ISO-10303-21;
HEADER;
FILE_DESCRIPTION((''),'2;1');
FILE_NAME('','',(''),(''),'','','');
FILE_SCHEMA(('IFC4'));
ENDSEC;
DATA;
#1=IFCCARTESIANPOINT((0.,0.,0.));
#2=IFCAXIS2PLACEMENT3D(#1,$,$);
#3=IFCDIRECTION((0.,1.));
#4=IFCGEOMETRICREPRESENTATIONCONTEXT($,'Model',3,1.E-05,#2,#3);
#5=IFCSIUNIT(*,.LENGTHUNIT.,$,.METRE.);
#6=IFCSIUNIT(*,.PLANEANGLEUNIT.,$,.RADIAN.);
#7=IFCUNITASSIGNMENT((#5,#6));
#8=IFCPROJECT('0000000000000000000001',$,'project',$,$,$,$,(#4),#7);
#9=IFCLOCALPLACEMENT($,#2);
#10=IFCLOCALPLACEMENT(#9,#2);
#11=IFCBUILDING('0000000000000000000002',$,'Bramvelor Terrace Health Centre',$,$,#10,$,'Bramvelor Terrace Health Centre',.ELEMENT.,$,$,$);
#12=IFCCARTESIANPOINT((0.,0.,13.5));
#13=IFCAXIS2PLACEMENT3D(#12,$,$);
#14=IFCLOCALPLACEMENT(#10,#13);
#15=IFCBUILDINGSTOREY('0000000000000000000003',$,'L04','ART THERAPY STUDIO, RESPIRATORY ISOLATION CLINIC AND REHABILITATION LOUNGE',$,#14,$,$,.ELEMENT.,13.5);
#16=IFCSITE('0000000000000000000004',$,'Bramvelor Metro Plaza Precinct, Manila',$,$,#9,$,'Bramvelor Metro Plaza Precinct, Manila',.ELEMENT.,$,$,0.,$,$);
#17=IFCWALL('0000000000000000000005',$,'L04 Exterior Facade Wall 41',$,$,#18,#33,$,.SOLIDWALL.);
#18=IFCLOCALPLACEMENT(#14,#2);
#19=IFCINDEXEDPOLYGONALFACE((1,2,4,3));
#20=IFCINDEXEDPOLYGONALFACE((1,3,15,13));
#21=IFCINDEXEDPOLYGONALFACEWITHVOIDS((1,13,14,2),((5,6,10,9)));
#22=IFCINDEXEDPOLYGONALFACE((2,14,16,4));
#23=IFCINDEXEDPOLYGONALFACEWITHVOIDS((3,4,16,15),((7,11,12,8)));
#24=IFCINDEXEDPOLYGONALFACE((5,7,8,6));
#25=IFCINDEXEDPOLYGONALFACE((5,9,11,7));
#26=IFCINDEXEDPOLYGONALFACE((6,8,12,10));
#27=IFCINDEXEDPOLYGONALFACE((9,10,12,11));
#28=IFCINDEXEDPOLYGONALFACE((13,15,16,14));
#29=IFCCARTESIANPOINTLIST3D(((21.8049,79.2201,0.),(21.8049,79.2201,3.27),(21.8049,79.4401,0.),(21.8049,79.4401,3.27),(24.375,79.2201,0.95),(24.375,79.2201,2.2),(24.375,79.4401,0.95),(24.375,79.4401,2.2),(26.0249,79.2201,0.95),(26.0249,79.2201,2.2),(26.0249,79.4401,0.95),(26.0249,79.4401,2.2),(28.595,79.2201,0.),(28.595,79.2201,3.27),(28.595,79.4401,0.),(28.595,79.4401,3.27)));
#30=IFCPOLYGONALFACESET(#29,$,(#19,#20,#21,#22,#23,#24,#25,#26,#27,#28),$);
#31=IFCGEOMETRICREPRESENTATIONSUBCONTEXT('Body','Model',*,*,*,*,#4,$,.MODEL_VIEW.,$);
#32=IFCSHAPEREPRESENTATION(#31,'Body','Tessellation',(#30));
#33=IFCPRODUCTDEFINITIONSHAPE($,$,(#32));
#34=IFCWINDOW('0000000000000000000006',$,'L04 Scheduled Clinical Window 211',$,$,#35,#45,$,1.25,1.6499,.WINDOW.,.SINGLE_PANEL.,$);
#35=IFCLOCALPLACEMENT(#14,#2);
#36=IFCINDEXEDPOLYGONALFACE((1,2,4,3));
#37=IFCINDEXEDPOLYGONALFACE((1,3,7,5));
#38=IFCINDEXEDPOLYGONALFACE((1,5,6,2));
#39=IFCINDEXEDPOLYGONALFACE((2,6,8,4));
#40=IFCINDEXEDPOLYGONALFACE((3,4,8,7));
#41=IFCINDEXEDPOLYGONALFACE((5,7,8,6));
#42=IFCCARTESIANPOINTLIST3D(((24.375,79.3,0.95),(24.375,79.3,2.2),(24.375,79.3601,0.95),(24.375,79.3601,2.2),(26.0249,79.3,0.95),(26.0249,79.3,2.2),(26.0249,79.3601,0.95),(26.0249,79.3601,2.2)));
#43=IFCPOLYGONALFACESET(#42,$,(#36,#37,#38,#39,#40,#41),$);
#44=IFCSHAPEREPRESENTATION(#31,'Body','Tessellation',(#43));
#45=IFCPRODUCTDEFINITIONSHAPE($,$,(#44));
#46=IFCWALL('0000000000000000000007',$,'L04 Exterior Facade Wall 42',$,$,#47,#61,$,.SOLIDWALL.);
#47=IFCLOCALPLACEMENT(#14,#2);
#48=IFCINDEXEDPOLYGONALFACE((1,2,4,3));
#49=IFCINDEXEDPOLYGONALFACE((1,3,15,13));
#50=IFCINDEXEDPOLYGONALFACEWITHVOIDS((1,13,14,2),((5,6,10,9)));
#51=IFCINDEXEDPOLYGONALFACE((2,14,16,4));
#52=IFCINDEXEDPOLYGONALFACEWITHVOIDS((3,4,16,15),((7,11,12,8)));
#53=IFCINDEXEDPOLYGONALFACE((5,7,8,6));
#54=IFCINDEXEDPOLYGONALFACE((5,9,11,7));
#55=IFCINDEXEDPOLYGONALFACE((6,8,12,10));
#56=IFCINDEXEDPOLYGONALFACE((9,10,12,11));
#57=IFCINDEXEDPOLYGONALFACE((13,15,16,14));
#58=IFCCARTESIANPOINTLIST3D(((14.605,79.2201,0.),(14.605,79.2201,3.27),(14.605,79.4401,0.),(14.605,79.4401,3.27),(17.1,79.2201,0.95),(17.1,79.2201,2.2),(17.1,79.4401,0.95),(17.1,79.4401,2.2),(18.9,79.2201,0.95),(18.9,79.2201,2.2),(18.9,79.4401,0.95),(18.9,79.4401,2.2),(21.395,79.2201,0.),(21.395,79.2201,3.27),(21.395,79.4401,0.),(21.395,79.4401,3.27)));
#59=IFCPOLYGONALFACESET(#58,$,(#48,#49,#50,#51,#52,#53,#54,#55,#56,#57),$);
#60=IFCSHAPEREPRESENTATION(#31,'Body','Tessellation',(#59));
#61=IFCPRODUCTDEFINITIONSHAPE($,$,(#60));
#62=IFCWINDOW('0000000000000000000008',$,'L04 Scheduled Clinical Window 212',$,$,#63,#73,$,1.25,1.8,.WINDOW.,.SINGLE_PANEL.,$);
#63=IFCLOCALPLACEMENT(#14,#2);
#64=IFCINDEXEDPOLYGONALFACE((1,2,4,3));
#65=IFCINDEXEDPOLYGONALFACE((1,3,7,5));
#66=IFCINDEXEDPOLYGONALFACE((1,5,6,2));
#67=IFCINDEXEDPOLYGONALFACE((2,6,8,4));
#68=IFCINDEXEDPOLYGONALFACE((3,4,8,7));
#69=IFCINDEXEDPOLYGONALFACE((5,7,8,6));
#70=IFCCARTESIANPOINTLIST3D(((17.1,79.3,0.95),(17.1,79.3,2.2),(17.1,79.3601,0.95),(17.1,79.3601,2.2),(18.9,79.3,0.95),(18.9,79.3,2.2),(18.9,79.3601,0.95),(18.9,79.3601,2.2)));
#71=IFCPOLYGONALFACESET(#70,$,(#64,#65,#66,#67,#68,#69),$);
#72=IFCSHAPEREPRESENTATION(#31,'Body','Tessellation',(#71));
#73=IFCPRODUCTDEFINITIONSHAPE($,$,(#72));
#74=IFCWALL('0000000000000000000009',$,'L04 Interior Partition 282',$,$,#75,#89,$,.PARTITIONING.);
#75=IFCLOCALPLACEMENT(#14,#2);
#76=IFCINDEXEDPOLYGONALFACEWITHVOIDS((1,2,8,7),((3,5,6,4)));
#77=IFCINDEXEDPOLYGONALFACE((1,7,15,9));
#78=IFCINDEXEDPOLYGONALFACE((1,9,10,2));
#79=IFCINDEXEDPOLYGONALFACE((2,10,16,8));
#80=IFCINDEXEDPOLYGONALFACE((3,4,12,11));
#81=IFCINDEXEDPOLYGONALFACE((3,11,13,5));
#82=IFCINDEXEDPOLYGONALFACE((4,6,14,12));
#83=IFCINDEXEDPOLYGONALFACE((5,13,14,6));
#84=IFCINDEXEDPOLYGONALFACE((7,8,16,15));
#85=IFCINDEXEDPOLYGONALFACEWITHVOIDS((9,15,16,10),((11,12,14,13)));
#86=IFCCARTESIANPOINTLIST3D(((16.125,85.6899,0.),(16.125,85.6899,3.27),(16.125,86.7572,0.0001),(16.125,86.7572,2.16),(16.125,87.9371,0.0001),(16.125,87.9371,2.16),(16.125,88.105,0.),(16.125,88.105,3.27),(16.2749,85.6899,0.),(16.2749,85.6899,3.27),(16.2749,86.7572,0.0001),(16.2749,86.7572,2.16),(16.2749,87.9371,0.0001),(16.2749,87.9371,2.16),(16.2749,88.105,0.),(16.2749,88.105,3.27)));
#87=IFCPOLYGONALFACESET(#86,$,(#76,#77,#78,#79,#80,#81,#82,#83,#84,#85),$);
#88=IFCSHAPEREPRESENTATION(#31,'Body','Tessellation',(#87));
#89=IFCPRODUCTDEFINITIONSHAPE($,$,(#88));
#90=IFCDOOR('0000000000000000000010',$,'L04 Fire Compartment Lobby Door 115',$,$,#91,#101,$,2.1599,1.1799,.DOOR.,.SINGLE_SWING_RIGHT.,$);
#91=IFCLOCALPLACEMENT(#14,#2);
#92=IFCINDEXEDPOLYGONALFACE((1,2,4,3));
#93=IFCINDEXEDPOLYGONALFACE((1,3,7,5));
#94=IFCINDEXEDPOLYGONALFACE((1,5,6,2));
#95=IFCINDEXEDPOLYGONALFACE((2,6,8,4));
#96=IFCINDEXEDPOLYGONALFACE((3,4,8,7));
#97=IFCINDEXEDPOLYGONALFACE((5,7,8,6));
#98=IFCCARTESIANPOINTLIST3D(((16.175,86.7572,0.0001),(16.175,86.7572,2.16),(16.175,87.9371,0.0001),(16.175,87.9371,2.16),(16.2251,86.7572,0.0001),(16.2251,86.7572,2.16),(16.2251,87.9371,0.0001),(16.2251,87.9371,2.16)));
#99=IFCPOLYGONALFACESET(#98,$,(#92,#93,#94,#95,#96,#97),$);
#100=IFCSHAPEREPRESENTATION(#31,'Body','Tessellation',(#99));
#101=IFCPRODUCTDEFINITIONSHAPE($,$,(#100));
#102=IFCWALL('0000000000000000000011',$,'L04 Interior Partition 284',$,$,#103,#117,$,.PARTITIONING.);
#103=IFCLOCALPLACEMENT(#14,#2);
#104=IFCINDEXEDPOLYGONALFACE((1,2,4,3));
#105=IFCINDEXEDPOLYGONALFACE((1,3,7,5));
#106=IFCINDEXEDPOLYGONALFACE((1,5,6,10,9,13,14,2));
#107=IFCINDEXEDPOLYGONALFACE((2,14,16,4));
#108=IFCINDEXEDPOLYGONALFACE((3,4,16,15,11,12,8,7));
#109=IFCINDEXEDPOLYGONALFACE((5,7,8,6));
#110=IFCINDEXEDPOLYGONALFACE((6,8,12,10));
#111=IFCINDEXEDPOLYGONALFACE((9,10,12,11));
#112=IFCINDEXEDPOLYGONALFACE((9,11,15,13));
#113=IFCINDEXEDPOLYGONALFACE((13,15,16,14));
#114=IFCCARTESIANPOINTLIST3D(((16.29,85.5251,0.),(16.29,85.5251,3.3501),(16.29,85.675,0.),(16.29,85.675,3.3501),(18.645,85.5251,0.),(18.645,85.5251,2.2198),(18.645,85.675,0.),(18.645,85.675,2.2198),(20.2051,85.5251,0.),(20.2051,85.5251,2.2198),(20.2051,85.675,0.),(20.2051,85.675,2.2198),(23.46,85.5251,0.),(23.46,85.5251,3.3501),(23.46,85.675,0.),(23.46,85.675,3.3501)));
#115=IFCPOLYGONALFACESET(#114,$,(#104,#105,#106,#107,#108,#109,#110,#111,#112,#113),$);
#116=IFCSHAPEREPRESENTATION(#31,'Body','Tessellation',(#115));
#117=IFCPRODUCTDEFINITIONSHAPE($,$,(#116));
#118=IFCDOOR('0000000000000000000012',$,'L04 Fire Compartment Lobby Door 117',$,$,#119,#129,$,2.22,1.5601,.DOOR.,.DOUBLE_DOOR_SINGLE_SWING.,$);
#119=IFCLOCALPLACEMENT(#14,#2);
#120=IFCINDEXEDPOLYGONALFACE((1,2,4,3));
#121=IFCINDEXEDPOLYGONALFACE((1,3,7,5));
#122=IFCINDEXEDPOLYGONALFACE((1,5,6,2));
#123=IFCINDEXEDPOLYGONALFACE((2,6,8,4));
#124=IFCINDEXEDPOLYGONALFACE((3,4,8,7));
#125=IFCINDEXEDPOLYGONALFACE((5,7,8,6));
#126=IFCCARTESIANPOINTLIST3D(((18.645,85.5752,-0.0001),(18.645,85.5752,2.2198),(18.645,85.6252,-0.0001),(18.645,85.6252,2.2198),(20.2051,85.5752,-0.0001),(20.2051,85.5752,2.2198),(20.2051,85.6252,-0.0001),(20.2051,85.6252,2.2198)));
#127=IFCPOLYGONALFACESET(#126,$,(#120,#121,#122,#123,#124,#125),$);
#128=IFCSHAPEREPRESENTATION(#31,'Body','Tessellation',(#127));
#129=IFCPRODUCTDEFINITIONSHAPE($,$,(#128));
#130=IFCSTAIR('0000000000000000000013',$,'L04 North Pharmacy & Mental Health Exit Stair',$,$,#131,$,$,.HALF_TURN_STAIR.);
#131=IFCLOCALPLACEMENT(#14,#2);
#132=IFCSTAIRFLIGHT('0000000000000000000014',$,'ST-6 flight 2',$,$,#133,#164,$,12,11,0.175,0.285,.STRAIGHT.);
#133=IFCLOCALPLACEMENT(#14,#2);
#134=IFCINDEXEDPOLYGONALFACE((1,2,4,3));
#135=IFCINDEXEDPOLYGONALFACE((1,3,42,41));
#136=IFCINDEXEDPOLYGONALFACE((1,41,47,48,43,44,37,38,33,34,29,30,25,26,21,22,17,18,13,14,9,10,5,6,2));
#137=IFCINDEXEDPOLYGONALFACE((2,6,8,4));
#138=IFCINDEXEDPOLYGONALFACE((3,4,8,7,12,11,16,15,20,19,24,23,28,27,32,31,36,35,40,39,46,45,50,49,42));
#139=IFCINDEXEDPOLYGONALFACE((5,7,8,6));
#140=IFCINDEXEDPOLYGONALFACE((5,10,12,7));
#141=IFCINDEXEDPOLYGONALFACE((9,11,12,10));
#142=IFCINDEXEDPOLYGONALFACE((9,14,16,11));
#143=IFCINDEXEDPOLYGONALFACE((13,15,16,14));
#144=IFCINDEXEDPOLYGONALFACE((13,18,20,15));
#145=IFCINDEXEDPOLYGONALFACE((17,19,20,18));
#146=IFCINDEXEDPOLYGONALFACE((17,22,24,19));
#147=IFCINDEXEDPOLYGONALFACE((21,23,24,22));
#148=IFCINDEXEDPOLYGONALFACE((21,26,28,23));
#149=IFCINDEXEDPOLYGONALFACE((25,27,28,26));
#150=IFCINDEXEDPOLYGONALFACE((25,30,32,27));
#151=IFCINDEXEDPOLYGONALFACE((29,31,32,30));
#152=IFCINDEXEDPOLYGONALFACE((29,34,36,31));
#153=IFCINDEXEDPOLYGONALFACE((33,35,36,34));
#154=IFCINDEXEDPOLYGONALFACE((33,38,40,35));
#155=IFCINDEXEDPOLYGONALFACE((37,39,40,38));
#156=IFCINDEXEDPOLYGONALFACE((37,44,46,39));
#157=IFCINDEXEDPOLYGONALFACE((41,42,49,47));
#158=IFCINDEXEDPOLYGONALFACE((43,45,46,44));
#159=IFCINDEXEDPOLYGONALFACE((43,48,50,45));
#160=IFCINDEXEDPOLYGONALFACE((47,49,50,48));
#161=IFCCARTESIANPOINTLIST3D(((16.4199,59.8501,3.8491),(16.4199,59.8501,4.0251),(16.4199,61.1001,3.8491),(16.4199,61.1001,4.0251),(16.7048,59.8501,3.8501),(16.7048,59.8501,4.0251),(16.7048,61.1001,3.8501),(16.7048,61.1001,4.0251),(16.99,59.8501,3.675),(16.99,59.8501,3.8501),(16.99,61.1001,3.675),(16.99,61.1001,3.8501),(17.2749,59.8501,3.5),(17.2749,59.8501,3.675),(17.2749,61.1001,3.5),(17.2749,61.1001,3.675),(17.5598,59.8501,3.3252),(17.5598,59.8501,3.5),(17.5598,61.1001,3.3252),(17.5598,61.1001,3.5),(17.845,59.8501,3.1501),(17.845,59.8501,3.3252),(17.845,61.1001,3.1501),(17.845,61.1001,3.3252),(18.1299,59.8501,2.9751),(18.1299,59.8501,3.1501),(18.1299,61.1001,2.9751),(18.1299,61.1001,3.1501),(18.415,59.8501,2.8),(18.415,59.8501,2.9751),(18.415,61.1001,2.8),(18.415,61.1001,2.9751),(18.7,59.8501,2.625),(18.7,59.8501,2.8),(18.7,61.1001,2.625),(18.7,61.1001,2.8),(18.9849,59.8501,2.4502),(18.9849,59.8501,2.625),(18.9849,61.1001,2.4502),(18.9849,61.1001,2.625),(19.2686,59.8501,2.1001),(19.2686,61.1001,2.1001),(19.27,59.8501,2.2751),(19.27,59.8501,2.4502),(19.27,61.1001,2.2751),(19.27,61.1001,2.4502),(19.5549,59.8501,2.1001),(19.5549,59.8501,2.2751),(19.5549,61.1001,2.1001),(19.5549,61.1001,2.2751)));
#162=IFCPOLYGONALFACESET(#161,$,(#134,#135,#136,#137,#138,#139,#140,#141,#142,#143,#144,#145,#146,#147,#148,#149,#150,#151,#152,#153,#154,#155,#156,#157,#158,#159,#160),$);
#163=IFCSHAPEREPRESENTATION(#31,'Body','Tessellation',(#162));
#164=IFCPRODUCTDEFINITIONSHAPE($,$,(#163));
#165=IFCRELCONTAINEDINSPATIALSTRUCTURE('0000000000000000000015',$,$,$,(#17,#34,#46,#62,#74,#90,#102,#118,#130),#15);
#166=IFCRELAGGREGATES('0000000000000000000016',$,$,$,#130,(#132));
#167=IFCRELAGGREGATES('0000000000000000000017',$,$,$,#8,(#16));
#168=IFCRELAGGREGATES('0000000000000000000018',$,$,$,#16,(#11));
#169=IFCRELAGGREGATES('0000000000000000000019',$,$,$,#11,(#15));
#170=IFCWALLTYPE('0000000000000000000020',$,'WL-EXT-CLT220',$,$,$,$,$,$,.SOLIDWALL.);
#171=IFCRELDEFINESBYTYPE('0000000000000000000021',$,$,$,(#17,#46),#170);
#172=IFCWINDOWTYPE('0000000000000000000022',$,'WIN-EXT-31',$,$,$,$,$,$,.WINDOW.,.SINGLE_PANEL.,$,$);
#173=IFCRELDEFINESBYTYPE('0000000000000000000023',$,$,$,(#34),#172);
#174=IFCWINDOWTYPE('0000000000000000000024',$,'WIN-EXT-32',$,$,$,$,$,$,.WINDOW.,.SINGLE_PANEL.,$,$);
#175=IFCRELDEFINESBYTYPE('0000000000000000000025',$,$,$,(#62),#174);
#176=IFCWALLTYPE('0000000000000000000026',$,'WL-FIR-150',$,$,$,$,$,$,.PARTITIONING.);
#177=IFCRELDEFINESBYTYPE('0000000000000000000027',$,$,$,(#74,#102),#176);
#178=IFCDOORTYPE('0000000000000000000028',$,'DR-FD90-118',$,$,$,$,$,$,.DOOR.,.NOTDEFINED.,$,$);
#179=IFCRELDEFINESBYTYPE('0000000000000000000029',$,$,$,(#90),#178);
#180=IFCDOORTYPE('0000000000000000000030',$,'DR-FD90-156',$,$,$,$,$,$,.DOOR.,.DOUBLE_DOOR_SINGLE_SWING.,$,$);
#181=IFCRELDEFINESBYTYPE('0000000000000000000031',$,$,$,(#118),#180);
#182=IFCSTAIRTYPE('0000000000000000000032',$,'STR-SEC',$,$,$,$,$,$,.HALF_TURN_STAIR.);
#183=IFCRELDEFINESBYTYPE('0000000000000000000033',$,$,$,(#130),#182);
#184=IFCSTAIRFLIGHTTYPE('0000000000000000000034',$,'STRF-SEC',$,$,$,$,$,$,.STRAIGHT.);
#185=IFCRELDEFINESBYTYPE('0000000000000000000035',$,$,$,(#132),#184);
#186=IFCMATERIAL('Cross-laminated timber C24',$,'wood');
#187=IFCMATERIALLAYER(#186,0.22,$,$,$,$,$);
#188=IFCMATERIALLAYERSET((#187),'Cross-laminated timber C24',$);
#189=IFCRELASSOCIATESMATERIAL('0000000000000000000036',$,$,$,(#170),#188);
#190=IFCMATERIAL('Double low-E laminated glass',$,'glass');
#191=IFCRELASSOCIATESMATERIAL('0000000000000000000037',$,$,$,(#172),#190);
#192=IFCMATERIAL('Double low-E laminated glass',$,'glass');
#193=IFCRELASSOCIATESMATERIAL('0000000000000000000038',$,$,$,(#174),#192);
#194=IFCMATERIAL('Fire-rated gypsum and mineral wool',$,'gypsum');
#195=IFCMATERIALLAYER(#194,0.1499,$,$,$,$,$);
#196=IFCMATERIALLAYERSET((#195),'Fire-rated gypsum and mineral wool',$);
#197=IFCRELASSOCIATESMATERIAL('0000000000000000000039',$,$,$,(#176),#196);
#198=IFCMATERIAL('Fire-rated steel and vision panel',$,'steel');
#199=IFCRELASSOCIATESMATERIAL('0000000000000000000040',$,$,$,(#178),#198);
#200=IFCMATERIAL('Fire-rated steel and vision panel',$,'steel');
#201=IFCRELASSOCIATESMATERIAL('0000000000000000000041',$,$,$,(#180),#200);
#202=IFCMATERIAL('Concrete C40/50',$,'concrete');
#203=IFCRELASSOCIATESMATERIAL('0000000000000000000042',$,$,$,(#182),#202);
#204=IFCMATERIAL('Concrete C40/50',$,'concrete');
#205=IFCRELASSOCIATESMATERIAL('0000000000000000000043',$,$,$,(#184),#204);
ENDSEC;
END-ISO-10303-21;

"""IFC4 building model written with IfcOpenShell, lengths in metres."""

from ifc_helpers import new_model, si_unit, direction, frame, frame_2d, origin, place, context, subcontext, project, spatial, polyline, rectangle, outline, extrude, material, layer, layer_set, type_object, element, fill, aggregate, save


model = new_model("IFC4")

# Units and contexts
model_context = context("Model", 3, precision=1e-05, world=origin(), true_north=direction((0.0, 1.0)))
body_context = subcontext(model_context, "Body", "Model", "MODEL_VIEW")
ifc_project = project(units=[si_unit("LENGTHUNIT", "METRE"), si_unit("PLANEANGLEUNIT", "RADIAN")], contexts=[model_context])

# Site, building, storey
site_placement = place(None, origin())
site = spatial("IfcSite", under=ifc_project, at=site_placement, Name="Bramvelor Metro Plaza Precinct, Manila", LongName="Bramvelor Metro Plaza Precinct, Manila", CompositionType="ELEMENT", RefElevation=0.0)
building_placement = place(site_placement, origin())
building = spatial("IfcBuilding", under=site, at=building_placement, Name="Bramvelor Terrace Health Centre", LongName="Bramvelor Terrace Health Centre", CompositionType="ELEMENT")
storey_placement = place(building_placement, frame((0.0, 0.0, 13.5)))
storey = spatial("IfcBuildingStorey", under=building, at=storey_placement, Name="L04", Description="ART THERAPY STUDIO, RESPIRATORY ISOLATION CLINIC AND REHABILITATION LOUNGE", CompositionType="ELEMENT", Elevation=13.5)

# Walls, openings, windows
ifc_material_1 = material(Name="Cross-laminated timber C24", Category="wood")
ifc_layer_1 = layer(ifc_material_1, 0.22)
ifc_layer_set_1 = layer_set([ifc_layer_1], Name="Cross-laminated timber C24")
wall_type_1 = type_object("IfcWallType", Name="WL-EXT-CLT220", PredefinedType="SOLIDWALL", material=ifc_layer_set_1)
wall_1_placement = place(storey_placement, frame((28.595, 79.3301, 0.0), z_axis=(0.0, 0.0, 1.0), x_axis=(-1.0, 0.0, 0.0)))
wall_1 = element("IfcWall", 1, at=wall_1_placement, inside=storey, type_object=wall_type_1, Name="L04 Exterior Facade Wall 41", PredefinedType="SOLIDWALL", context=body_context, shape_type="SweptSolid", body=[
    extrude(rectangle(XDim=6.79, YDim=0.22, at=frame_2d((3.395, 0.0))), origin(), (0.0, 0.0, 1.0), 3.27),
])
opening_1_placement = place(wall_1_placement, frame((2.5701, 0.0, 0.95)))
opening_1 = element("IfcOpeningElement", 2, at=opening_1_placement, cuts=wall_1, PredefinedType="OPENING", context=body_context, shape_type="SweptSolid", body=[
    extrude(rectangle(XDim=1.6499, YDim=1.25, at=frame_2d((0.825, 0.625))), frame((0.0, 0.1199, 0.0), z_axis=(0.0, -1.0, 0.0), x_axis=(1.0, 0.0, 0.0)), (0.0, 0.0, 1.0), 0.24),
])
ifc_material_2 = material(Name="Double low-E laminated glass", Category="glass")
window_type_1 = type_object("IfcWindowType", Name="WIN-EXT-31", PartitioningType="SINGLE_PANEL", PredefinedType="WINDOW", material=ifc_material_2)
window_1_placement = place(opening_1_placement, origin())
window_1 = element("IfcWindow", 3, at=window_1_placement, inside=storey, type_object=window_type_1, Name="L04 Scheduled Clinical Window 211", OverallHeight=1.25, OverallWidth=1.6499, PartitioningType="SINGLE_PANEL", PredefinedType="WINDOW", context=body_context, shape_type="SweptSolid", body=[
    extrude(rectangle(XDim=1.6499, YDim=1.25, at=frame_2d((0.825, 0.625))), frame((0.0, 0.03, 0.0), z_axis=(0.0, -1.0, 0.0), x_axis=(1.0, 0.0, 0.0)), (0.0, 0.0, 1.0), 0.0601),
])
fill(opening_1, window_1)
wall_2_placement = place(storey_placement, frame((21.395, 79.3301, 0.0), z_axis=(0.0, 0.0, 1.0), x_axis=(-1.0, 0.0, 0.0)))
wall_2 = element("IfcWall", 4, at=wall_2_placement, inside=storey, type_object=wall_type_1, Name="L04 Exterior Facade Wall 42", PredefinedType="SOLIDWALL", context=body_context, shape_type="SweptSolid", body=[
    extrude(rectangle(XDim=6.79, YDim=0.22, at=frame_2d((3.395, 0.0))), origin(), (0.0, 0.0, 1.0), 3.27),
])
opening_2_placement = place(wall_2_placement, frame((2.4951, 0.0, 0.95)))
opening_2 = element("IfcOpeningElement", 5, at=opening_2_placement, cuts=wall_2, PredefinedType="OPENING", context=body_context, shape_type="SweptSolid", body=[
    extrude(rectangle(XDim=1.8, YDim=1.25, at=frame_2d((0.8999, 0.625))), frame((0.0, 0.1199, 0.0), z_axis=(0.0, -1.0, 0.0), x_axis=(1.0, 0.0, 0.0)), (0.0, 0.0, 1.0), 0.24),
])
ifc_material_3 = material(Name="Double low-E laminated glass", Category="glass")
window_type_2 = type_object("IfcWindowType", Name="WIN-EXT-32", PartitioningType="SINGLE_PANEL", PredefinedType="WINDOW", material=ifc_material_3)
window_2_placement = place(opening_2_placement, origin())
window_2 = element("IfcWindow", 6, at=window_2_placement, inside=storey, type_object=window_type_2, Name="L04 Scheduled Clinical Window 212", OverallHeight=1.25, OverallWidth=1.8, PartitioningType="SINGLE_PANEL", PredefinedType="WINDOW", context=body_context, shape_type="SweptSolid", body=[
    extrude(rectangle(XDim=1.8, YDim=1.25, at=frame_2d((0.8999, 0.625))), frame((0.0, 0.03, 0.0), z_axis=(0.0, -1.0, 0.0), x_axis=(1.0, 0.0, 0.0)), (0.0, 0.0, 1.0), 0.0601),
])
fill(opening_2, window_2)

# Walls, openings, doors
ifc_material_4 = material(Name="Fire-rated gypsum and mineral wool", Category="gypsum")
ifc_layer_2 = layer(ifc_material_4, 0.1499)
ifc_layer_set_2 = layer_set([ifc_layer_2], Name="Fire-rated gypsum and mineral wool")
wall_type_2 = type_object("IfcWallType", Name="WL-FIR-150", PredefinedType="PARTITIONING", material=ifc_layer_set_2)
wall_3_placement = place(storey_placement, frame((16.2, 85.6899, 0.0), z_axis=(0.0, 0.0, 1.0), x_axis=(0.0, 1.0, 0.0)))
wall_3 = element("IfcWall", 7, at=wall_3_placement, inside=storey, type_object=wall_type_2, Name="L04 Interior Partition 282", PredefinedType="PARTITIONING", context=body_context, shape_type="SweptSolid", body=[
    extrude(rectangle(XDim=2.415, YDim=0.1499, at=frame_2d((1.2075, 0.0))), origin(), (0.0, 0.0, 1.0), 3.27),
])
opening_3_placement = place(wall_3_placement, frame((1.0674, 0.0, 0.0)))
opening_3 = element("IfcOpeningElement", 8, at=opening_3_placement, cuts=wall_3, PredefinedType="OPENING", context=body_context, shape_type="SweptSolid", body=[
    extrude(rectangle(XDim=1.1799, YDim=2.1599, at=frame_2d((0.5898, 1.0801))), frame((0.0, 0.085, 0.0), z_axis=(0.0, -1.0, 0.0), x_axis=(1.0, 0.0, 0.0)), (0.0, 0.0, 1.0), 0.1699),
])
ifc_material_5 = material(Name="Fire-rated steel and vision panel", Category="steel")
door_type_1 = type_object("IfcDoorType", Name="DR-FD90-118", OperationType="NOTDEFINED", PredefinedType="DOOR", material=ifc_material_5)
door_1_placement = place(opening_3_placement, origin())
door_1 = element("IfcDoor", 9, at=door_1_placement, inside=storey, type_object=door_type_1, Name="L04 Fire Compartment Lobby Door 115", OperationType="SINGLE_SWING_RIGHT", OverallHeight=2.1599, OverallWidth=1.1799, PredefinedType="DOOR", context=body_context, shape_type="SweptSolid", body=[
    extrude(rectangle(XDim=1.1799, YDim=2.1599, at=frame_2d((0.5898, 1.0801))), frame((0.0, 0.0249, 0.0), z_axis=(0.0, -1.0, 0.0), x_axis=(1.0, 0.0, 0.0)), (0.0, 0.0, 1.0), 0.05),
])
fill(opening_3, door_1)
wall_4_placement = place(storey_placement, frame((23.46, 85.6001, 0.0), z_axis=(0.0, 0.0, 1.0), x_axis=(-1.0, 0.0, 0.0)))
wall_4 = element("IfcWall", 10, at=wall_4_placement, inside=storey, type_object=wall_type_2, Name="L04 Interior Partition 284", PredefinedType="PARTITIONING", context=body_context, shape_type="SweptSolid", body=[
    extrude(rectangle(XDim=7.1699, YDim=0.1499, at=frame_2d((3.585, 0.0))), origin(), (0.0, 0.0, 1.0), 3.3501),
])
opening_4_placement = place(wall_4_placement, frame((3.2549, 0.0, 0.0)))
opening_4 = element("IfcOpeningElement", 11, at=opening_4_placement, cuts=wall_4, PredefinedType="OPENING", context=body_context, shape_type="SweptSolid", body=[
    extrude(rectangle(XDim=1.5601, YDim=2.22, at=frame_2d((0.78, 1.1099))), frame((0.0, 0.085, 0.0), z_axis=(0.0, -1.0, 0.0), x_axis=(1.0, 0.0, 0.0)), (0.0, 0.0, 1.0), 0.1699),
])
ifc_material_6 = material(Name="Fire-rated steel and vision panel", Category="steel")
door_type_2 = type_object("IfcDoorType", Name="DR-FD90-156", OperationType="DOUBLE_DOOR_SINGLE_SWING", PredefinedType="DOOR", material=ifc_material_6)
door_2_placement = place(opening_4_placement, origin())
door_2 = element("IfcDoor", 12, at=door_2_placement, inside=storey, type_object=door_type_2, Name="L04 Fire Compartment Lobby Door 117", OperationType="DOUBLE_DOOR_SINGLE_SWING", OverallHeight=2.22, OverallWidth=1.5601, PredefinedType="DOOR", context=body_context, shape_type="SweptSolid", body=[
    extrude(rectangle(XDim=1.5601, YDim=2.22, at=frame_2d((0.78, 1.1099))), frame((0.0, 0.0249, 0.0), z_axis=(0.0, -1.0, 0.0), x_axis=(1.0, 0.0, 0.0)), (0.0, 0.0, 1.0), 0.05),
])
fill(opening_4, door_2)

# Stair, stair flight
ifc_material_7 = material(Name="Concrete C40/50", Category="concrete")
stair_type = type_object("IfcStairType", Name="STR-SEC", PredefinedType="HALF_TURN_STAIR", material=ifc_material_7)
stair_placement = place(storey_placement, origin())
stair = element("IfcStair", 13, at=stair_placement, inside=storey, type_object=stair_type, Name="L04 North Pharmacy & Mental Health Exit Stair", PredefinedType="HALF_TURN_STAIR")
ifc_material_8 = material(Name="Concrete C40/50", Category="concrete")
stair_flight_type = type_object("IfcStairFlightType", Name="STRF-SEC", PredefinedType="STRAIGHT", material=ifc_material_8)
stair_flight_placement = place(storey_placement, frame((19.5549, 60.4751, 2.1001), z_axis=(0.0, 0.0, 1.0), x_axis=(-1.0, 0.0, 0.0)))
stair_flight = element("IfcStairFlight", 14, at=stair_flight_placement, type_object=stair_flight_type, Name="ST-6 flight 2", NumberOfRisers=12, NumberOfTreads=11, PredefinedType="STRAIGHT", RiserHeight=0.175, TreadLength=0.285, context=body_context, shape_type="SweptSolid", body=[
    extrude(outline(polyline([(0.0, 0.0), (0.0, 0.175), (0.2849, 0.175), (0.2849, 0.3501), (0.5701, 0.3501), (0.5701, 0.5249), (0.855, 0.5249), (0.855, 0.7), (1.1399, 0.7), (1.1399, 0.875), (1.425, 0.875), (1.425, 1.05), (1.71, 1.05), (1.71, 1.2251), (1.9951, 1.2251), (1.9951, 1.3999), (2.28, 1.3999), (2.28, 1.575), (2.5649, 1.575), (2.5649, 1.75), (2.8501, 1.75), (2.8501, 1.925), (3.135, 1.925), (3.135, 2.1001), (3.135, 1.749), (0.2864, 0.0), (0.0, 0.0)])), frame((0.0, 0.625, 0.0), z_axis=(0.0, -1.0, 0.0), x_axis=(1.0, 0.0, 0.0)), (0.0, 0.0, 1.0), 1.25),
])
aggregate(stair, [stair_flight])

save(model, "model.ifc")
